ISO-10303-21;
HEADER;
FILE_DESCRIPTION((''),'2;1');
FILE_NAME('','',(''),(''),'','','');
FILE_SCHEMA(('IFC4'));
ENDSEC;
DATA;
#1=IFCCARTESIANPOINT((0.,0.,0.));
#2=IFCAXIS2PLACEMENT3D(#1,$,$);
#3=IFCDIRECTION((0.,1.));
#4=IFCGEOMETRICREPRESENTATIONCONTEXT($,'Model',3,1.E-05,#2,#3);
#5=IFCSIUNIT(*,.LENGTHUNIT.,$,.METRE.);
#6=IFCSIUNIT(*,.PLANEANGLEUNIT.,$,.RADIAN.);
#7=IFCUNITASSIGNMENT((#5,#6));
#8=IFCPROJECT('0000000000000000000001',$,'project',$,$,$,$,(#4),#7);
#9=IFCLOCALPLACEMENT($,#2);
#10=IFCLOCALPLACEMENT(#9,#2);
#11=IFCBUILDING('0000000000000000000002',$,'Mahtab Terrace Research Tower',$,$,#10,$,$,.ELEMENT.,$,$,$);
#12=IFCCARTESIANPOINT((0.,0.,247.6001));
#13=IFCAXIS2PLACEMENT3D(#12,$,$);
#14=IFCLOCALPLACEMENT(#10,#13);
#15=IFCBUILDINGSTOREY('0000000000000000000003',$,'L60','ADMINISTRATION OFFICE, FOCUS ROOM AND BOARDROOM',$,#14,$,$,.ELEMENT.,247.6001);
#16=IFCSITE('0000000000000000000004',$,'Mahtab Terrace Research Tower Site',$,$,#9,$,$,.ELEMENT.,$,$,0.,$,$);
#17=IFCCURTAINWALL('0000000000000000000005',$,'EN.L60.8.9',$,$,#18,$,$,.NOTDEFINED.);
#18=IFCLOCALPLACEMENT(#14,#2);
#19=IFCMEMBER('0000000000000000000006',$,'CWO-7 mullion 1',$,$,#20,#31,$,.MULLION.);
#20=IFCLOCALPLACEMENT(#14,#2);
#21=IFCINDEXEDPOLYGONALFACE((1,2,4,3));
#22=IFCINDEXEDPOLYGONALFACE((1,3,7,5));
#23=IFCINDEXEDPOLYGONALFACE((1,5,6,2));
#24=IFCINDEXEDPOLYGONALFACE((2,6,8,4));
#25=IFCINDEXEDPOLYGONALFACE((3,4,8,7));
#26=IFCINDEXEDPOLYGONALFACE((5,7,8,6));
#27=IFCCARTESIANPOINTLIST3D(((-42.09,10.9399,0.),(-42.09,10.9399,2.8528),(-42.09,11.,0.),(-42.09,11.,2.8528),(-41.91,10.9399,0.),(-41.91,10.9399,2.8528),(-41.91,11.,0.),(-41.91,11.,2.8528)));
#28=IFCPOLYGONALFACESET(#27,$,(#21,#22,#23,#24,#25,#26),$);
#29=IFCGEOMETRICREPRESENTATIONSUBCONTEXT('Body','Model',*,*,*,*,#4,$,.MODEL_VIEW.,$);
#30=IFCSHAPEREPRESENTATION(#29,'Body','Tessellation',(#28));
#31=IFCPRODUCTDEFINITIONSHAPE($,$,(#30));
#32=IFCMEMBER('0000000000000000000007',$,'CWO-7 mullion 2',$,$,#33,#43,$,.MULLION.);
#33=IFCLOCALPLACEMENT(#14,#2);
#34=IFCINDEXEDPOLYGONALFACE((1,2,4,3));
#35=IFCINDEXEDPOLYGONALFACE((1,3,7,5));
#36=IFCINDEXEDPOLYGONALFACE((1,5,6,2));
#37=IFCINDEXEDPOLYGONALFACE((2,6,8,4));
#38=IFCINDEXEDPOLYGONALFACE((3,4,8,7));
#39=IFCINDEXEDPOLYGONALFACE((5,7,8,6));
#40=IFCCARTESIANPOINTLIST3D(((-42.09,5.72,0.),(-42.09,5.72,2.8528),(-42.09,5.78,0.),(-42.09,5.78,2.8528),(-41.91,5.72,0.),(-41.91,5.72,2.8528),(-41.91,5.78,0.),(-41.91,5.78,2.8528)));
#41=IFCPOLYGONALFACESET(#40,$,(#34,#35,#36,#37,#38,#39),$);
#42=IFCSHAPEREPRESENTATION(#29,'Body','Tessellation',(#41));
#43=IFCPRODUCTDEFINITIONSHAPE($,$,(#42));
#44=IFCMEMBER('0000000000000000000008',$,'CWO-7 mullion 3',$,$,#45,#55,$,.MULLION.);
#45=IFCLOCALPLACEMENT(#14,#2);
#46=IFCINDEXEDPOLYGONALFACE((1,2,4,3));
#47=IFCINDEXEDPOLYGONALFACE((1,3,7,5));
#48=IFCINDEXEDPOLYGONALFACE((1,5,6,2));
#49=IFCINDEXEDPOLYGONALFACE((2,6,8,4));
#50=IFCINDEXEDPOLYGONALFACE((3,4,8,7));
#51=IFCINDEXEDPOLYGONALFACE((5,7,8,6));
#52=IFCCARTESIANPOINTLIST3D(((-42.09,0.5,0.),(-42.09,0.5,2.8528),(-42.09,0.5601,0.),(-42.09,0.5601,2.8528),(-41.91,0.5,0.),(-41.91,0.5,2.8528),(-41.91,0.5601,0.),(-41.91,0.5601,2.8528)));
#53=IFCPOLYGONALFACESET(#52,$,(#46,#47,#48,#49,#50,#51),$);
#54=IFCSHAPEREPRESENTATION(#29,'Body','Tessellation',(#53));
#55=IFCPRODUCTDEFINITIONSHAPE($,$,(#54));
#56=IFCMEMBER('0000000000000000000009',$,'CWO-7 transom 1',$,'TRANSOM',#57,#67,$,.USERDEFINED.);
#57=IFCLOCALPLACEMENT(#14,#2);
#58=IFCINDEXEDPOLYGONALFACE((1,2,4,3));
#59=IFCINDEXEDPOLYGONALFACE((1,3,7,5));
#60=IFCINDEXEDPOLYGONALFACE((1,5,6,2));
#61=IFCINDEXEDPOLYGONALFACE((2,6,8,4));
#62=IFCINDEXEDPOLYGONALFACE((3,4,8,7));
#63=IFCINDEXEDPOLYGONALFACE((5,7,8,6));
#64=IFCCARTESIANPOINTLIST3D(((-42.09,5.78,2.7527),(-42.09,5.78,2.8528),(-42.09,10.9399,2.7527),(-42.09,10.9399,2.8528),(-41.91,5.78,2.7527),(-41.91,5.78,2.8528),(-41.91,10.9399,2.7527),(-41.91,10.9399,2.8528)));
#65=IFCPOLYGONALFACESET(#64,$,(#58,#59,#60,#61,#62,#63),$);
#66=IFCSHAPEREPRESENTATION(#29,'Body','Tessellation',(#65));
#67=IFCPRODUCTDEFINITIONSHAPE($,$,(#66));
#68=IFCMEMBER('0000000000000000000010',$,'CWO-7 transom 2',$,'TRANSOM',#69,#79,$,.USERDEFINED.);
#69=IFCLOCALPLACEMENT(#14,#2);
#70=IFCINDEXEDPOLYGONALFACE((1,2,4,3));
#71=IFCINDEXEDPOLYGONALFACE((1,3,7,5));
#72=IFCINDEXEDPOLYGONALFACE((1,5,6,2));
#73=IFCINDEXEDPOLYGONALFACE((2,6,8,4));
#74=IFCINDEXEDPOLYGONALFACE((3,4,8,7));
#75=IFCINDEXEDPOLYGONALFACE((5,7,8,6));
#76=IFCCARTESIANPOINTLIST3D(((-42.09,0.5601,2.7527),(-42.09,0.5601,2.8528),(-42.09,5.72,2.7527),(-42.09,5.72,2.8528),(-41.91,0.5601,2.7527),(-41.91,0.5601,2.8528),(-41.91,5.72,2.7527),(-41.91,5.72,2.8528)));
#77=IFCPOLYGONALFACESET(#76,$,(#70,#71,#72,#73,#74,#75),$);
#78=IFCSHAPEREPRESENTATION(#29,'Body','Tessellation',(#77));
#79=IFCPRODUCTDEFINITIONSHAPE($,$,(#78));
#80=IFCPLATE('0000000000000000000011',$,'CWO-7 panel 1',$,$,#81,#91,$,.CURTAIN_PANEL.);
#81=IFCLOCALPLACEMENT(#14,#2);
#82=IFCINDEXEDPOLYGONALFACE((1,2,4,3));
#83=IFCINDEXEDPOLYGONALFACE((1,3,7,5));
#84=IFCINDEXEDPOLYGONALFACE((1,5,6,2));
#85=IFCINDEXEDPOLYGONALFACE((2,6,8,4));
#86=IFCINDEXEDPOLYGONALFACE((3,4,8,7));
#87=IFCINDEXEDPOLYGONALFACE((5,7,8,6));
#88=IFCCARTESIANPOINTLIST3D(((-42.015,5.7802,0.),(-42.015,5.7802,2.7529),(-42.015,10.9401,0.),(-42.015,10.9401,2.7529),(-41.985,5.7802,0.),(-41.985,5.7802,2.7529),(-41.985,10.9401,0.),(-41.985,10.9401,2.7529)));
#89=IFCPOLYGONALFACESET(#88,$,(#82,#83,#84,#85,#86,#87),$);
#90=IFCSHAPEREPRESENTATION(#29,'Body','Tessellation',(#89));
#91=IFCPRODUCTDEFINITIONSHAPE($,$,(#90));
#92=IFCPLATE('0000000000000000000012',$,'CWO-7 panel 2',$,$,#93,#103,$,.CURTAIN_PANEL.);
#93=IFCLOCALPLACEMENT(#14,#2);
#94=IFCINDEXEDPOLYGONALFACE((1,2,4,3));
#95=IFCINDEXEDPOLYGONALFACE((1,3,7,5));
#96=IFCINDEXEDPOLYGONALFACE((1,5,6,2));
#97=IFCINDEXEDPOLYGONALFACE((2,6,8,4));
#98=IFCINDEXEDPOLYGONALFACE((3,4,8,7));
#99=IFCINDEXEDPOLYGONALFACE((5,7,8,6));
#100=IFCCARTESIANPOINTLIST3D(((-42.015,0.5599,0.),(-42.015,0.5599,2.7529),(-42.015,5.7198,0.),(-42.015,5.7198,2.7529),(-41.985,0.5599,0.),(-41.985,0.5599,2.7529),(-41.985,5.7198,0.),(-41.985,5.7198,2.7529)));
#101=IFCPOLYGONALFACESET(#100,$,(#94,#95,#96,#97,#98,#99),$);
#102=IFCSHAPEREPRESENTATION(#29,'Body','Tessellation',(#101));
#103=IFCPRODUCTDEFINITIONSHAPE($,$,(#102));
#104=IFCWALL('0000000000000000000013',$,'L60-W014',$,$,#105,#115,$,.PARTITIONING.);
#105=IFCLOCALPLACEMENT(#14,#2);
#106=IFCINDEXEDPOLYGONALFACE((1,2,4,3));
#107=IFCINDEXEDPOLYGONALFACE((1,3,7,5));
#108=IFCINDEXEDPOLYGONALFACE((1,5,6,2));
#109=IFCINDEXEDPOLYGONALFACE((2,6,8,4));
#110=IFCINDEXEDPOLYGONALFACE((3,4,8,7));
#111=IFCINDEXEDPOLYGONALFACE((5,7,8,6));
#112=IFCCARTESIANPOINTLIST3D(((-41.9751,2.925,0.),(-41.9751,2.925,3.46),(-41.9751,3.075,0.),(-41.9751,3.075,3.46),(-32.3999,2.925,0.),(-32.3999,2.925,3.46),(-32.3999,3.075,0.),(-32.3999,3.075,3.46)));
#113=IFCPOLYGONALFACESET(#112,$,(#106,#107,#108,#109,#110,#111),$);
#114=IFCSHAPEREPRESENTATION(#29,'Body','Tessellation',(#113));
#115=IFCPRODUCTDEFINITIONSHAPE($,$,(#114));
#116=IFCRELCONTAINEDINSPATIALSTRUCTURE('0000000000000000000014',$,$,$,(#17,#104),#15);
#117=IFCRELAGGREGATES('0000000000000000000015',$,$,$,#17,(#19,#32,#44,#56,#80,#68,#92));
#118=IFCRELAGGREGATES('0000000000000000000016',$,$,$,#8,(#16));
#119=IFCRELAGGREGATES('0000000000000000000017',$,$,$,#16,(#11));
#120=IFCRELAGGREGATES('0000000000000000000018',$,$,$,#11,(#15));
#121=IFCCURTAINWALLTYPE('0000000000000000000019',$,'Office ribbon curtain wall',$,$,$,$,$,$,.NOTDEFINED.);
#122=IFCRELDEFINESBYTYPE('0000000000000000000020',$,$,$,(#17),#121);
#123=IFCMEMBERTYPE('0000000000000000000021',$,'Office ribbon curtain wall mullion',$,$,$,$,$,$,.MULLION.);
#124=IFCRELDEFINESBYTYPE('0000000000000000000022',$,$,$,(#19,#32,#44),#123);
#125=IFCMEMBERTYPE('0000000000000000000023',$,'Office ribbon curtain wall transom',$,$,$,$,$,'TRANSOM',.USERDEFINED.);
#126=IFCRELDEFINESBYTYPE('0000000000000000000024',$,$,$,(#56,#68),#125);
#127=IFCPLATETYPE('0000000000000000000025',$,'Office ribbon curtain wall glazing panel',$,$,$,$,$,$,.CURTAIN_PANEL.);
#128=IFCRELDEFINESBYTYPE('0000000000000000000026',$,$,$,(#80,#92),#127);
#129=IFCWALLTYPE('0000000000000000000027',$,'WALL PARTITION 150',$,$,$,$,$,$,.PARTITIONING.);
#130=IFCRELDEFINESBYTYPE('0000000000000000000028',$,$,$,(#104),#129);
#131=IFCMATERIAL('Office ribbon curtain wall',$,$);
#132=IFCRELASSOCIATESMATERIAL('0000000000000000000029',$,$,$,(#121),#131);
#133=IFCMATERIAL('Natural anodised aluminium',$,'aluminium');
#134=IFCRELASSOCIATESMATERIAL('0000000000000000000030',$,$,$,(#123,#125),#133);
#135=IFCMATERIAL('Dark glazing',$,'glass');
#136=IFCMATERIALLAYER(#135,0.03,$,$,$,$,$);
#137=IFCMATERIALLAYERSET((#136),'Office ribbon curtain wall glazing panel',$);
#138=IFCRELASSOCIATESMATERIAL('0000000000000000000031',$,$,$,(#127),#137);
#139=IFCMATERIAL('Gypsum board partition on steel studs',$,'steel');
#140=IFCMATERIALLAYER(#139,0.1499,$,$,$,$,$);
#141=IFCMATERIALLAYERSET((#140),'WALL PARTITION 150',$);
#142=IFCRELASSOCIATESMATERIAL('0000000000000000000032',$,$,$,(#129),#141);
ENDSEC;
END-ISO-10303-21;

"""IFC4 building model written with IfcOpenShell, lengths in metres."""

from ifc_helpers import new_model, si_unit, direction, frame, frame_2d, origin, origin_2d, place, context, subcontext, project, spatial, rectangle, extrude, material, layer, layer_set, material_profile, profile_set, type_object, element, aggregate, save


model = new_model("IFC4")

# Units and contexts
model_context = context("Model", 3, precision=1e-05, world=origin(), true_north=direction((0.0, 1.0)))
body_context = subcontext(model_context, "Body", "Model", "MODEL_VIEW")
ifc_project = project(units=[si_unit("LENGTHUNIT", "METRE"), si_unit("PLANEANGLEUNIT", "RADIAN")], contexts=[model_context])

# Site, building, storey
site_placement = place(None, origin())
site = spatial("IfcSite", under=ifc_project, at=site_placement, Name="Mahtab Terrace Research Tower Site", CompositionType="ELEMENT", RefElevation=0.0)
building_placement = place(site_placement, origin())
building = spatial("IfcBuilding", under=site, at=building_placement, Name="Mahtab Terrace Research Tower", CompositionType="ELEMENT")
storey_placement = place(building_placement, frame((0.0, 0.0, 247.6001)))
storey = spatial("IfcBuildingStorey", under=building, at=storey_placement, Name="L60", Description="ADMINISTRATION OFFICE, FOCUS ROOM AND BOARDROOM", CompositionType="ELEMENT", Elevation=247.6001)

# Curtain wall, members, plates
ifc_material_1 = material(Name="Office ribbon curtain wall")
curtain_wall_type = type_object("IfcCurtainWallType", Name="Office ribbon curtain wall", PredefinedType="NOTDEFINED", material=ifc_material_1)
curtain_wall_placement = place(storey_placement, origin())
curtain_wall = element("IfcCurtainWall", 1, at=curtain_wall_placement, inside=storey, type_object=curtain_wall_type, Name="EN.L60.8.9", PredefinedType="NOTDEFINED")
ifc_material_2 = material(Name="Natural anodised aluminium", Category="aluminium")
ifc_material_profile_1 = material_profile(ifc_material_2, rectangle(XDim=0.1799, YDim=0.0601, at=origin_2d()), Name="MULLION 60x180")
ifc_profile_set_1 = profile_set([ifc_material_profile_1], Name="Natural anodised aluminium")
member_type_1 = type_object("IfcMemberType", Name="Office ribbon curtain wall mullion", PredefinedType="MULLION", material=ifc_profile_set_1)
member_1_placement = place(storey_placement, frame((-42.0, 10.97, 0.0), z_axis=(0.0, 0.0, 1.0), x_axis=(1.0, 0.0, 0.0)))
member_1 = element("IfcMember", 2, at=member_1_placement, type_object=member_type_1, Name="CWO-7 mullion 1", PredefinedType="MULLION", context=body_context, shape_type="SweptSolid", body=[
    extrude(rectangle(XDim=0.1799, YDim=0.0601, at=origin_2d()), origin(), (0.0, 0.0, 1.0), 2.8528),
])
member_2_placement = place(storey_placement, frame((-42.0, 5.75, 0.0), z_axis=(0.0, 0.0, 1.0), x_axis=(1.0, 0.0, 0.0)))
member_2 = element("IfcMember", 3, at=member_2_placement, type_object=member_type_1, Name="CWO-7 mullion 2", PredefinedType="MULLION", context=body_context, shape_type="SweptSolid", body=[
    extrude(rectangle(XDim=0.1799, YDim=0.0601, at=origin_2d()), origin(), (0.0, 0.0, 1.0), 2.8528),
])
member_3_placement = place(storey_placement, frame((-42.0, 0.53, 0.0), z_axis=(0.0, 0.0, 1.0), x_axis=(1.0, 0.0, 0.0)))
member_3 = element("IfcMember", 4, at=member_3_placement, type_object=member_type_1, Name="CWO-7 mullion 3", PredefinedType="MULLION", context=body_context, shape_type="SweptSolid", body=[
    extrude(rectangle(XDim=0.1799, YDim=0.0601, at=origin_2d()), origin(), (0.0, 0.0, 1.0), 2.8528),
])
ifc_material_profile_2 = material_profile(ifc_material_2, rectangle(XDim=0.1799, YDim=0.1001, at=origin_2d()), Name="TRANSOM 100x180")
ifc_profile_set_2 = profile_set([ifc_material_profile_2], Name="Natural anodised aluminium")
member_type_2 = type_object("IfcMemberType", Name="Office ribbon curtain wall transom", ElementType="TRANSOM", PredefinedType="USERDEFINED", material=ifc_profile_set_2)
member_4_placement = place(storey_placement, frame((-42.0, 10.9399, 2.8027), z_axis=(0.0, -1.0, 0.0), x_axis=(1.0, 0.0, 0.0)))
member_4 = element("IfcMember", 5, at=member_4_placement, type_object=member_type_2, Name="CWO-7 transom 1", ObjectType="TRANSOM", PredefinedType="USERDEFINED", context=body_context, shape_type="SweptSolid", body=[
    extrude(rectangle(XDim=0.1799, YDim=0.1001, at=origin_2d()), origin(), (0.0, 0.0, 1.0), 5.1599),
])
member_5_placement = place(storey_placement, frame((-42.0, 5.72, 2.8027), z_axis=(0.0, -1.0, 0.0), x_axis=(1.0, 0.0, 0.0)))
member_5 = element("IfcMember", 6, at=member_5_placement, type_object=member_type_2, Name="CWO-7 transom 2", ObjectType="TRANSOM", PredefinedType="USERDEFINED", context=body_context, shape_type="SweptSolid", body=[
    extrude(rectangle(XDim=0.1799, YDim=0.1001, at=origin_2d()), origin(), (0.0, 0.0, 1.0), 5.1599),
])
ifc_material_3 = material(Name="Dark glazing", Category="glass")
ifc_layer_1 = layer(ifc_material_3, 0.03)
ifc_layer_set_1 = layer_set([ifc_layer_1], Name="Office ribbon curtain wall glazing panel")
plate_type = type_object("IfcPlateType", Name="Office ribbon curtain wall glazing panel", PredefinedType="CURTAIN_PANEL", material=ifc_layer_set_1)
plate_1_placement = place(storey_placement, frame((-42.0, 8.3601, 0.0), z_axis=(0.0, 0.0, 1.0), x_axis=(0.0, -1.0, 0.0)))
plate_1 = element("IfcPlate", 7, at=plate_1_placement, type_object=plate_type, Name="CWO-7 panel 1", PredefinedType="CURTAIN_PANEL", context=body_context, shape_type="SweptSolid", body=[
    extrude(rectangle(XDim=5.1599, YDim=0.03, at=origin_2d()), origin(), (0.0, 0.0, 1.0), 2.7529),
])
plate_2_placement = place(storey_placement, frame((-42.0, 3.1399, 0.0), z_axis=(0.0, 0.0, 1.0), x_axis=(0.0, -1.0, 0.0)))
plate_2 = element("IfcPlate", 8, at=plate_2_placement, type_object=plate_type, Name="CWO-7 panel 2", PredefinedType="CURTAIN_PANEL", context=body_context, shape_type="SweptSolid", body=[
    extrude(rectangle(XDim=5.1599, YDim=0.03, at=origin_2d()), origin(), (0.0, 0.0, 1.0), 2.7529),
])
aggregate(curtain_wall, [member_1, member_2, member_3, member_4, plate_1, member_5, plate_2])

# Wall
ifc_material_4 = material(Name="Gypsum board partition on steel studs", Category="steel")
ifc_layer_2 = layer(ifc_material_4, 0.1499)
ifc_layer_set_2 = layer_set([ifc_layer_2], Name="WALL PARTITION 150")
wall_type = type_object("IfcWallType", Name="WALL PARTITION 150", PredefinedType="PARTITIONING", material=ifc_layer_set_2)
wall_placement = place(storey_placement, frame((-41.9751, 3.0, 0.0), z_axis=(0.0, 0.0, 1.0), x_axis=(1.0, 0.0, 0.0)))
element("IfcWall", 9, at=wall_placement, inside=storey, type_object=wall_type, Name="L60-W014", PredefinedType="PARTITIONING", context=body_context, shape_type="SweptSolid", body=[
    extrude(rectangle(XDim=9.5752, YDim=0.1499, at=frame_2d((4.7876, 0.0))), origin(), (0.0, 0.0, 1.0), 3.46),
])

save(model, "model.ifc")
